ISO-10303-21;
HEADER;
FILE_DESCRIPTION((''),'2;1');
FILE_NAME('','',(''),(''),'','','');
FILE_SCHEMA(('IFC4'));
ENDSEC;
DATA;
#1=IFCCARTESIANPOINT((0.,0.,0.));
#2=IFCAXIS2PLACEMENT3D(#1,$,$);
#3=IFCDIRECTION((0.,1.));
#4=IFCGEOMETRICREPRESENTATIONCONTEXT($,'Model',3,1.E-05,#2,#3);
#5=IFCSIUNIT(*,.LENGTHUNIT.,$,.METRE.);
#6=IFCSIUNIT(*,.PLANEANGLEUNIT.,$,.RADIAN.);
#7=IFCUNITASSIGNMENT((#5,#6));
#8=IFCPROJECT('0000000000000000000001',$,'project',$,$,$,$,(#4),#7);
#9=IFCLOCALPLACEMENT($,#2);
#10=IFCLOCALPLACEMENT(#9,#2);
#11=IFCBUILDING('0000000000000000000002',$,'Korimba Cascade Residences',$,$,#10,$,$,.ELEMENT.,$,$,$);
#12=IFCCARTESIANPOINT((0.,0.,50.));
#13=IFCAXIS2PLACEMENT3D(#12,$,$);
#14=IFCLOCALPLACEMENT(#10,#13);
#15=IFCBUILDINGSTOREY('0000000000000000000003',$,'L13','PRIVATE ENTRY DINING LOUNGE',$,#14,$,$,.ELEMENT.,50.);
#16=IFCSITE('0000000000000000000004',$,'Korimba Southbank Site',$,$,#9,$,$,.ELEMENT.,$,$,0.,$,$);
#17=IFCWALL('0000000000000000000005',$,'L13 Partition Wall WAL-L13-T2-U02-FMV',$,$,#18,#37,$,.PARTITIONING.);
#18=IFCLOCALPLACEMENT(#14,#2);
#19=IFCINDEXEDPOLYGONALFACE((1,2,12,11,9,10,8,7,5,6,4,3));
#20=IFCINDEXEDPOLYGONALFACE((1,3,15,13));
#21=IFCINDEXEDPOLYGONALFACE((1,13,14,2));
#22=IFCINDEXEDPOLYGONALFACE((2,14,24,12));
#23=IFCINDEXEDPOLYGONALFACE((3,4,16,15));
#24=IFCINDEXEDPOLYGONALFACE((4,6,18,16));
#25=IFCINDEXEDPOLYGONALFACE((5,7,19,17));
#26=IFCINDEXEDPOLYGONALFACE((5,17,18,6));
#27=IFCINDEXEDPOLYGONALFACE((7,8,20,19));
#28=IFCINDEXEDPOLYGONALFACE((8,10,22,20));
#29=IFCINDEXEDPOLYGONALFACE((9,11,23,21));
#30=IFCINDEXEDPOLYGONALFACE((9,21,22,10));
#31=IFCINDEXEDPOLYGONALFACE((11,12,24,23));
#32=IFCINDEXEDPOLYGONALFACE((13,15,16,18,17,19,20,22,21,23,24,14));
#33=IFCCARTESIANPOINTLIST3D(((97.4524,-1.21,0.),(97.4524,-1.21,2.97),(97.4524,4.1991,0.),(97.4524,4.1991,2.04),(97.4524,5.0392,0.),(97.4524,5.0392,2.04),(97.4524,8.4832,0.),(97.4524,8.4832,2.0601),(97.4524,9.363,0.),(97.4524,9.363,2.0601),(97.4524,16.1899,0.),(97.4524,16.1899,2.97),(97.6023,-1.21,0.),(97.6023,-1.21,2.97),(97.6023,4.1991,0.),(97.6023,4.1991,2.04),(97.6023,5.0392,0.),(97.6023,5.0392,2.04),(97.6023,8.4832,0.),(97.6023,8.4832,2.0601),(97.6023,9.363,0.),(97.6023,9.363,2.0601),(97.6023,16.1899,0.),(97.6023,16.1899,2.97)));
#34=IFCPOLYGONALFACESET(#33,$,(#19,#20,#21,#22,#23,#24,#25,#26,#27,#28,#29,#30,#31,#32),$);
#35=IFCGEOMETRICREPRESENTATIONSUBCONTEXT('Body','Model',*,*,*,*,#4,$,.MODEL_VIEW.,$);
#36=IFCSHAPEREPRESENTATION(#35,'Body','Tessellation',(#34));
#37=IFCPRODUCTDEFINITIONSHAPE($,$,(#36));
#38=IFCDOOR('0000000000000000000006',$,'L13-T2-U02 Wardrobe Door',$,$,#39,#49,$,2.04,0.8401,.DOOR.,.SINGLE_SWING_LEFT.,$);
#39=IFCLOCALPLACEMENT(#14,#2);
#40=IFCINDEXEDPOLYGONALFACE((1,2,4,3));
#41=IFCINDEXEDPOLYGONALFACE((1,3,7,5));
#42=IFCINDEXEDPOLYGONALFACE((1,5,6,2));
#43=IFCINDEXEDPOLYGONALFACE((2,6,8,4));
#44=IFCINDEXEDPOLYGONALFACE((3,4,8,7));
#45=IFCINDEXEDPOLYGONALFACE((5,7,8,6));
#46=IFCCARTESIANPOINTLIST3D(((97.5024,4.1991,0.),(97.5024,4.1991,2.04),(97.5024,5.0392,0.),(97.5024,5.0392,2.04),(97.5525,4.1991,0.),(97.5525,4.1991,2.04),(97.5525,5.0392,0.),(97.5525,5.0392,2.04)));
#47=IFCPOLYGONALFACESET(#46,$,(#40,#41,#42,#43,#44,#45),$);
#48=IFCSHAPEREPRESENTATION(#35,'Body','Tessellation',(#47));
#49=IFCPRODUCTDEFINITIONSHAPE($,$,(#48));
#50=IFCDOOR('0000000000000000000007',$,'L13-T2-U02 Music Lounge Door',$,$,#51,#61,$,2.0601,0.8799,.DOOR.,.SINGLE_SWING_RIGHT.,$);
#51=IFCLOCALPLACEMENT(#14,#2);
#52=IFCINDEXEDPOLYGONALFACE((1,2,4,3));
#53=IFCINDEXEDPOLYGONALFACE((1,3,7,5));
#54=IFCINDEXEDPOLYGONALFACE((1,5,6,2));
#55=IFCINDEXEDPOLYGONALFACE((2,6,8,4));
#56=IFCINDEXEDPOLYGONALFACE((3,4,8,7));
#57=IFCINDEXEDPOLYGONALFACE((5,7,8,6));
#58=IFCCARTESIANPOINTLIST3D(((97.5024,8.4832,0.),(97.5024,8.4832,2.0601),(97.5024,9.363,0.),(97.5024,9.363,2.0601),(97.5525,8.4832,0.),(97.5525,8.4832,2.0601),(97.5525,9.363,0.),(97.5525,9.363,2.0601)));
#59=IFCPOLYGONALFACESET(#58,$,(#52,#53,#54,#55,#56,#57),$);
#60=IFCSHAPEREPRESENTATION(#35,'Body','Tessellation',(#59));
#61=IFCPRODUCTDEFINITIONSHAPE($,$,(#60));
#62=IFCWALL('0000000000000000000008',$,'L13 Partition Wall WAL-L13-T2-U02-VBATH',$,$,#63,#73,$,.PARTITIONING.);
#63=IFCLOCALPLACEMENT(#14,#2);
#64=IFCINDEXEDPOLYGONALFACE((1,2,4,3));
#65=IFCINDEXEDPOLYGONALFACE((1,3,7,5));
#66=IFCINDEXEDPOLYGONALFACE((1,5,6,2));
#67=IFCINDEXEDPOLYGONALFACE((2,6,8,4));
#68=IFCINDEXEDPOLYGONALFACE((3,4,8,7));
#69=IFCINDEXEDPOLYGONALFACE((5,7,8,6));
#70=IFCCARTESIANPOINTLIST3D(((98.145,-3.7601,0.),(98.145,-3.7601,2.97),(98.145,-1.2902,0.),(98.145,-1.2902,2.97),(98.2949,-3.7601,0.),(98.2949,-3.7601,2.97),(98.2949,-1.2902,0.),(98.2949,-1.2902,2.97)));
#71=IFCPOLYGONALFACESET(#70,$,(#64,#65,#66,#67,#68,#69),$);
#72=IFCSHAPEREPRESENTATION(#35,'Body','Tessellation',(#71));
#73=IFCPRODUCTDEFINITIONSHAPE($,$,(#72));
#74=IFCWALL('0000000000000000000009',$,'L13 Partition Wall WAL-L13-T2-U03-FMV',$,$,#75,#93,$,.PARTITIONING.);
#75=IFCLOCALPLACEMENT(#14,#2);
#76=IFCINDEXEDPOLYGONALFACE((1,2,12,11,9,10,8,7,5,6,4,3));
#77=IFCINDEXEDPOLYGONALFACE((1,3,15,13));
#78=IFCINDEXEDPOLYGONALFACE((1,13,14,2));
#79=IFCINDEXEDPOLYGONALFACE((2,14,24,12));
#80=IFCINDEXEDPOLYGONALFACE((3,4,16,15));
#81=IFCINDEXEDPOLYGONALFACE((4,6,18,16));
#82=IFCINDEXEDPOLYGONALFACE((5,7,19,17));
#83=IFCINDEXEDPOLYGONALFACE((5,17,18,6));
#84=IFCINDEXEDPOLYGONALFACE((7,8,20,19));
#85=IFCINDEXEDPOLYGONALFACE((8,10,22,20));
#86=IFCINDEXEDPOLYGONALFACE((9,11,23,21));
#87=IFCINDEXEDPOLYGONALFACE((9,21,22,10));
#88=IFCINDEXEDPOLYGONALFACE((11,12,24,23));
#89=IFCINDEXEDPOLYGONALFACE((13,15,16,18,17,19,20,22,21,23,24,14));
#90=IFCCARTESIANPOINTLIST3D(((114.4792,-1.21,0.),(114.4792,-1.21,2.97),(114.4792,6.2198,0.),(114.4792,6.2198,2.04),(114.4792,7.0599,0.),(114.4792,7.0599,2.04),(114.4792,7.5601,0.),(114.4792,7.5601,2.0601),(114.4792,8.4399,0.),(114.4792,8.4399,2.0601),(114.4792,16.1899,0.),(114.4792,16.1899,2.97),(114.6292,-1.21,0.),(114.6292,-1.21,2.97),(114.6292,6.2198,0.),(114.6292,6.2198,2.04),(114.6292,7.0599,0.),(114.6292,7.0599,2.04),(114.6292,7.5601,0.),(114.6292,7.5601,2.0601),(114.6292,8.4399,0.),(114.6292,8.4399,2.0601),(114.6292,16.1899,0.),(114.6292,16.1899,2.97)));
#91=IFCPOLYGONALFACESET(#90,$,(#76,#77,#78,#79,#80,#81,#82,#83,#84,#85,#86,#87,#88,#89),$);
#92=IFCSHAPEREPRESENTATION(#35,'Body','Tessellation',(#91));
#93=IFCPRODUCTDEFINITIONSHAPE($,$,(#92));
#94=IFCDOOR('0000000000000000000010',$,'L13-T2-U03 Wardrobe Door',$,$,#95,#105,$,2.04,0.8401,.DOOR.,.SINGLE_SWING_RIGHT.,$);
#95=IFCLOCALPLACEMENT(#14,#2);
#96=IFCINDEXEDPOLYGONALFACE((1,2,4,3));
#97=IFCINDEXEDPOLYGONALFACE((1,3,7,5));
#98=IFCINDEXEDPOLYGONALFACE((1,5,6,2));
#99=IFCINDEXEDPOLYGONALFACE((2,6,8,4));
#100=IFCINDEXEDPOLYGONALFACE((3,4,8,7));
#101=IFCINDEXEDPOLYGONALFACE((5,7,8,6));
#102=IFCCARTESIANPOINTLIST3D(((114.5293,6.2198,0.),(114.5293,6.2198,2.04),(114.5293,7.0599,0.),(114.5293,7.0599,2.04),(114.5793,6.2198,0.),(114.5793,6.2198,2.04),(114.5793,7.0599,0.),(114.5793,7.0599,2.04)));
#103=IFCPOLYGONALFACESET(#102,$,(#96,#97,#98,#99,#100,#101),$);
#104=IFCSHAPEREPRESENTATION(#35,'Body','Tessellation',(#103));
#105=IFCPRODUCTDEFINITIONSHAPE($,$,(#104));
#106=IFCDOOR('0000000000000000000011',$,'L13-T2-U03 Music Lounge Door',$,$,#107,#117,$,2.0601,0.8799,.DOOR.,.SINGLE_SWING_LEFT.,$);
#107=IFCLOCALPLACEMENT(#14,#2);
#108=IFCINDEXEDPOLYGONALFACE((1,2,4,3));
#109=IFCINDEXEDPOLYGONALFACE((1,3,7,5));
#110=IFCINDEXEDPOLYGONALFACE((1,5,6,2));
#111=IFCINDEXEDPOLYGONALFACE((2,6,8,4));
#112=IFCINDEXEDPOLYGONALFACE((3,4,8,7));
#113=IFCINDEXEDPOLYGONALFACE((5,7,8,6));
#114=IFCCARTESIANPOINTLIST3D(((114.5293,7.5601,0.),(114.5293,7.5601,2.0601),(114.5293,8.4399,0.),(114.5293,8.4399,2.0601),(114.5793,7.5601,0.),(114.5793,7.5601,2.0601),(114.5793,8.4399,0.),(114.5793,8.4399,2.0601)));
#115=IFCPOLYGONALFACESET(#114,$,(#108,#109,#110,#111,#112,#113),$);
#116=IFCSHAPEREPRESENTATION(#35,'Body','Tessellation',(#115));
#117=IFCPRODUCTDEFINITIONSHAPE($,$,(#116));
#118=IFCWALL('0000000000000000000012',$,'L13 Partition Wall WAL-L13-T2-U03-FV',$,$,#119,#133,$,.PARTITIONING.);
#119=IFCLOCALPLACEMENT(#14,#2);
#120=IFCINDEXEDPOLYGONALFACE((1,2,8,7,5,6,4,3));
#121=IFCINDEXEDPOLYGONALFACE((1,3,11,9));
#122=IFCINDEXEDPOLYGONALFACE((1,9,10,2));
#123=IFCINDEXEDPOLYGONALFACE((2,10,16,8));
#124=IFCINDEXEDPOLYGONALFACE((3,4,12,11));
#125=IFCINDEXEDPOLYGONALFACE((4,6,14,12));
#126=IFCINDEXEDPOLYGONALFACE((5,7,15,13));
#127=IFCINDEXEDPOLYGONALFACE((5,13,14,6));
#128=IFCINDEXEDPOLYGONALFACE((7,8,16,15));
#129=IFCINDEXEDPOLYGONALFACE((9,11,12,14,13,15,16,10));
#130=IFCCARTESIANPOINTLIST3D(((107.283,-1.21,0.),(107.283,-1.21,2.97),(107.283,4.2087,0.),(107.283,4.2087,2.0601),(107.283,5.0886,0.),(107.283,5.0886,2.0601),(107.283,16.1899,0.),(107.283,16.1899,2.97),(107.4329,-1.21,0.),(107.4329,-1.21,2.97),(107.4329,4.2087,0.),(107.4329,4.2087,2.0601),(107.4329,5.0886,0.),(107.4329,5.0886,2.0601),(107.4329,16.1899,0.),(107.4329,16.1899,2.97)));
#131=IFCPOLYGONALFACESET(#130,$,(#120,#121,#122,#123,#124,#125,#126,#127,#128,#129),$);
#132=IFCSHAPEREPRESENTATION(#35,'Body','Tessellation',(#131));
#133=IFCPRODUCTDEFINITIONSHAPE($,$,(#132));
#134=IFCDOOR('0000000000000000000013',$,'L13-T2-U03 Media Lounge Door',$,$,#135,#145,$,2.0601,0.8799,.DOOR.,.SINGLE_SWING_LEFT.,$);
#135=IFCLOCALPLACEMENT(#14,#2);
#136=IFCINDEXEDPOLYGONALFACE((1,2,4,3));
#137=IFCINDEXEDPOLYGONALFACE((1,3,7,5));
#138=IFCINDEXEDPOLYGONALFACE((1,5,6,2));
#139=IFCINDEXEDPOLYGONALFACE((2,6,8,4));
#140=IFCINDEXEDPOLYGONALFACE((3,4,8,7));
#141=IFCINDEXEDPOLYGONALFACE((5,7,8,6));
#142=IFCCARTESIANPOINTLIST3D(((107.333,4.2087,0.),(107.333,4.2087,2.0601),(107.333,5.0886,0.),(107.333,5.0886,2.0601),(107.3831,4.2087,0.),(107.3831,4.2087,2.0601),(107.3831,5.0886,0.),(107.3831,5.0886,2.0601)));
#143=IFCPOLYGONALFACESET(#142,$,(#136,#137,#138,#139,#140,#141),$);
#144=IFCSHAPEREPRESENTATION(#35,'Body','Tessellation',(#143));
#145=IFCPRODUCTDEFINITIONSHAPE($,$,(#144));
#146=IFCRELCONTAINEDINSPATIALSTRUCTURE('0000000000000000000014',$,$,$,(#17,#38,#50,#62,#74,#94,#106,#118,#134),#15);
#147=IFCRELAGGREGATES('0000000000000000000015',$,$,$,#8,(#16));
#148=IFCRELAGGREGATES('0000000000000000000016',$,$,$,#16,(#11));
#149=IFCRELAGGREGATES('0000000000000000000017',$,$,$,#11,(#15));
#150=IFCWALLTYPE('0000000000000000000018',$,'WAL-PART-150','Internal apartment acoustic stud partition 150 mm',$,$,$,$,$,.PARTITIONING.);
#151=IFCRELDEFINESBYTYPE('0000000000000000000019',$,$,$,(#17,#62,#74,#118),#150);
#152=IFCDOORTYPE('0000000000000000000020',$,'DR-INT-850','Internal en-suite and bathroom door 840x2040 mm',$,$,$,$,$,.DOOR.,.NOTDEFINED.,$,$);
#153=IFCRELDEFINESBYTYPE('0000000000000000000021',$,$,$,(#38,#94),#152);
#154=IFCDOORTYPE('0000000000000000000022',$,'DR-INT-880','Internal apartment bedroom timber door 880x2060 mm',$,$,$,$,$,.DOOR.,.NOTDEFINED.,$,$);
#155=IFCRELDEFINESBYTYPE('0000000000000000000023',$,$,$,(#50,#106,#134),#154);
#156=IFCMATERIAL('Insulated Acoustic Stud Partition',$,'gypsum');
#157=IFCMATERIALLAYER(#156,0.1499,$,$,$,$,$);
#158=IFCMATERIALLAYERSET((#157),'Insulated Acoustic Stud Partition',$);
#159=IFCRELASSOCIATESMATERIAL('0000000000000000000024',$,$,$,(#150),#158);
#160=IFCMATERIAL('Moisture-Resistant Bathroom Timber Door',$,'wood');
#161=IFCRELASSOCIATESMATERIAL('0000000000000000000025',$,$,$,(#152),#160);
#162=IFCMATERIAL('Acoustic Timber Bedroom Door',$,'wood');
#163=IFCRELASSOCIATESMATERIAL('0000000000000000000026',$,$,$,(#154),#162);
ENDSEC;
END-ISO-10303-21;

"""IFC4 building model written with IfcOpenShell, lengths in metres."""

from ifc_helpers import new_model, si_unit, direction, frame, frame_2d, origin, place, context, subcontext, project, spatial, rectangle, extrude, material, layer, layer_set, type_object, element, fill, save


model = new_model("IFC4")

# Units and contexts
model_context = context("Model", 3, precision=1e-05, world=origin(), true_north=direction((0.0, 1.0)))
body_context = subcontext(model_context, "Body", "Model", "MODEL_VIEW")
ifc_project = project(units=[si_unit("LENGTHUNIT", "METRE"), si_unit("PLANEANGLEUNIT", "RADIAN")], contexts=[model_context])

# Site, building, storey
site_placement = place(None, origin())
site = spatial("IfcSite", under=ifc_project, at=site_placement, Name="Korimba Southbank Site", CompositionType="ELEMENT", RefElevation=0.0)
building_placement = place(site_placement, origin())
building = spatial("IfcBuilding", under=site, at=building_placement, Name="Korimba Cascade Residences", CompositionType="ELEMENT")
storey_placement = place(building_placement, frame((0.0, 0.0, 50.0)))
storey = spatial("IfcBuildingStorey", under=building, at=storey_placement, Name="L13", Description="PRIVATE ENTRY DINING LOUNGE", CompositionType="ELEMENT", Elevation=50.0)

# Wall, openings, doors
ifc_material_1 = material(Name="Insulated Acoustic Stud Partition", Category="gypsum")
ifc_layer = layer(ifc_material_1, 0.1499)
ifc_layer_set = layer_set([ifc_layer], Name="Insulated Acoustic Stud Partition")
wall_type = type_object("IfcWallType", Name="WAL-PART-150", Description="Internal apartment acoustic stud partition 150 mm", PredefinedType="PARTITIONING", material=ifc_layer_set)
wall_1_placement = place(storey_placement, frame((97.5273, -1.21, 0.0), z_axis=(0.0, 0.0, 1.0), x_axis=(0.0, 1.0, 0.0)))
wall_1 = element("IfcWall", 1, at=wall_1_placement, inside=storey, type_object=wall_type, Name="L13 Partition Wall WAL-L13-T2-U02-FMV", PredefinedType="PARTITIONING", context=body_context, shape_type="SweptSolid", body=[
    extrude(rectangle(XDim=17.3999, YDim=0.1499, at=frame_2d((8.7, 0.0))), origin(), (0.0, 0.0, 1.0), 2.97),
])
opening_1_placement = place(wall_1_placement, frame((5.4092, 0.0, 0.0)))
opening_1 = element("IfcOpeningElement", 2, at=opening_1_placement, cuts=wall_1, PredefinedType="OPENING", context=body_context, shape_type="SweptSolid", body=[
    extrude(rectangle(XDim=0.8401, YDim=2.04, at=frame_2d((0.4199, 1.02))), frame((0.0, 0.085, 0.0), z_axis=(0.0, -1.0, 0.0), x_axis=(1.0, 0.0, 0.0)), (0.0, 0.0, 1.0), 0.1699),
])
opening_2_placement = place(wall_1_placement, frame((9.6931, 0.0, 0.0)))
opening_2 = element("IfcOpeningElement", 3, at=opening_2_placement, cuts=wall_1, PredefinedType="OPENING", context=body_context, shape_type="SweptSolid", body=[
    extrude(rectangle(XDim=0.8799, YDim=2.0601, at=frame_2d((0.4399, 1.03))), frame((0.0, 0.085, 0.0), z_axis=(0.0, -1.0, 0.0), x_axis=(1.0, 0.0, 0.0)), (0.0, 0.0, 1.0), 0.1699),
])
ifc_material_2 = material(Name="Moisture-Resistant Bathroom Timber Door", Category="wood")
door_type_1 = type_object("IfcDoorType", Name="DR-INT-850", Description="Internal en-suite and bathroom door 840x2040 mm", OperationType="NOTDEFINED", PredefinedType="DOOR", material=ifc_material_2)
door_1_placement = place(opening_1_placement, origin())
door_1 = element("IfcDoor", 4, at=door_1_placement, inside=storey, type_object=door_type_1, Name="L13-T2-U02 Wardrobe Door", OperationType="SINGLE_SWING_LEFT", OverallHeight=2.04, OverallWidth=0.8401, PredefinedType="DOOR", context=body_context, shape_type="SweptSolid", body=[
    extrude(rectangle(XDim=0.8401, YDim=2.04, at=frame_2d((0.4199, 1.02))), frame((0.0, 0.0249, 0.0), z_axis=(0.0, -1.0, 0.0), x_axis=(1.0, 0.0, 0.0)), (0.0, 0.0, 1.0), 0.05),
])
fill(opening_1, door_1)
ifc_material_3 = material(Name="Acoustic Timber Bedroom Door", Category="wood")
door_type_2 = type_object("IfcDoorType", Name="DR-INT-880", Description="Internal apartment bedroom timber door 880x2060 mm", OperationType="NOTDEFINED", PredefinedType="DOOR", material=ifc_material_3)
door_2_placement = place(opening_2_placement, origin())
door_2 = element("IfcDoor", 5, at=door_2_placement, inside=storey, type_object=door_type_2, Name="L13-T2-U02 Music Lounge Door", OperationType="SINGLE_SWING_RIGHT", OverallHeight=2.0601, OverallWidth=0.8799, PredefinedType="DOOR", context=body_context, shape_type="SweptSolid", body=[
    extrude(rectangle(XDim=0.8799, YDim=2.0601, at=frame_2d((0.4399, 1.03))), frame((0.0, 0.0249, 0.0), z_axis=(0.0, -1.0, 0.0), x_axis=(1.0, 0.0, 0.0)), (0.0, 0.0, 1.0), 0.05),
])
fill(opening_2, door_2)

# Wall
wall_2_placement = place(storey_placement, frame((98.22, -3.76, 0.0), z_axis=(0.0, 0.0, 1.0), x_axis=(0.0, 1.0, 0.0)))
element("IfcWall", 6, at=wall_2_placement, inside=storey, type_object=wall_type, Name="L13 Partition Wall WAL-L13-T2-U02-VBATH", PredefinedType="PARTITIONING", context=body_context, shape_type="SweptSolid", body=[
    extrude(rectangle(XDim=2.47, YDim=0.1499, at=frame_2d((1.2349, 0.0))), origin(), (0.0, 0.0, 1.0), 2.97),
])

# Wall, openings, doors
wall_3_placement = place(storey_placement, frame((114.5542, -1.21, 0.0), z_axis=(0.0, 0.0, 1.0), x_axis=(0.0, 1.0, 0.0)))
wall_3 = element("IfcWall", 7, at=wall_3_placement, inside=storey, type_object=wall_type, Name="L13 Partition Wall WAL-L13-T2-U03-FMV", PredefinedType="PARTITIONING", context=body_context, shape_type="SweptSolid", body=[
    extrude(rectangle(XDim=17.3999, YDim=0.1499, at=frame_2d((8.7, 0.0))), origin(), (0.0, 0.0, 1.0), 2.97),
])
opening_3_placement = place(wall_3_placement, frame((7.4299, 0.0, 0.0)))
opening_3 = element("IfcOpeningElement", 8, at=opening_3_placement, cuts=wall_3, PredefinedType="OPENING", context=body_context, shape_type="SweptSolid", body=[
    extrude(rectangle(XDim=0.8401, YDim=2.04, at=frame_2d((0.4199, 1.02))), frame((0.0, 0.085, 0.0), z_axis=(0.0, -1.0, 0.0), x_axis=(1.0, 0.0, 0.0)), (0.0, 0.0, 1.0), 0.1699),
])
opening_4_placement = place(wall_3_placement, frame((8.77, 0.0, 0.0)))
opening_4 = element("IfcOpeningElement", 9, at=opening_4_placement, cuts=wall_3, PredefinedType="OPENING", context=body_context, shape_type="SweptSolid", body=[
    extrude(rectangle(XDim=0.8799, YDim=2.0601, at=frame_2d((0.4399, 1.03))), frame((0.0, 0.085, 0.0), z_axis=(0.0, -1.0, 0.0), x_axis=(1.0, 0.0, 0.0)), (0.0, 0.0, 1.0), 0.1699),
])
door_3_placement = place(opening_3_placement, origin())
door_3 = element("IfcDoor", 10, at=door_3_placement, inside=storey, type_object=door_type_1, Name="L13-T2-U03 Wardrobe Door", OperationType="SINGLE_SWING_RIGHT", OverallHeight=2.04, OverallWidth=0.8401, PredefinedType="DOOR", context=body_context, shape_type="SweptSolid", body=[
    extrude(rectangle(XDim=0.8401, YDim=2.04, at=frame_2d((0.4199, 1.02))), frame((0.0, 0.0249, 0.0), z_axis=(0.0, -1.0, 0.0), x_axis=(1.0, 0.0, 0.0)), (0.0, 0.0, 1.0), 0.05),
])
fill(opening_3, door_3)
door_4_placement = place(opening_4_placement, origin())
door_4 = element("IfcDoor", 11, at=door_4_placement, inside=storey, type_object=door_type_2, Name="L13-T2-U03 Music Lounge Door", OperationType="SINGLE_SWING_LEFT", OverallHeight=2.0601, OverallWidth=0.8799, PredefinedType="DOOR", context=body_context, shape_type="SweptSolid", body=[
    extrude(rectangle(XDim=0.8799, YDim=2.0601, at=frame_2d((0.4399, 1.03))), frame((0.0, 0.0249, 0.0), z_axis=(0.0, -1.0, 0.0), x_axis=(1.0, 0.0, 0.0)), (0.0, 0.0, 1.0), 0.05),
])
fill(opening_4, door_4)

# Wall, opening, door
wall_4_placement = place(storey_placement, frame((107.3579, -1.21, 0.0), z_axis=(0.0, 0.0, 1.0), x_axis=(0.0, 1.0, 0.0)))
wall_4 = element("IfcWall", 12, at=wall_4_placement, inside=storey, type_object=wall_type, Name="L13 Partition Wall WAL-L13-T2-U03-FV", PredefinedType="PARTITIONING", context=body_context, shape_type="SweptSolid", body=[
    extrude(rectangle(XDim=17.3999, YDim=0.1499, at=frame_2d((8.7, 0.0))), origin(), (0.0, 0.0, 1.0), 2.97),
])
opening_5_placement = place(wall_4_placement, frame((5.4187, 0.0, 0.0)))
opening_5 = element("IfcOpeningElement", 13, at=opening_5_placement, cuts=wall_4, PredefinedType="OPENING", context=body_context, shape_type="SweptSolid", body=[
    extrude(rectangle(XDim=0.8799, YDim=2.0601, at=frame_2d((0.4399, 1.03))), frame((0.0, 0.085, 0.0), z_axis=(0.0, -1.0, 0.0), x_axis=(1.0, 0.0, 0.0)), (0.0, 0.0, 1.0), 0.1699),
])
door_5_placement = place(opening_5_placement, origin())
door_5 = element("IfcDoor", 14, at=door_5_placement, inside=storey, type_object=door_type_2, Name="L13-T2-U03 Media Lounge Door", OperationType="SINGLE_SWING_LEFT", OverallHeight=2.0601, OverallWidth=0.8799, PredefinedType="DOOR", context=body_context, shape_type="SweptSolid", body=[
    extrude(rectangle(XDim=0.8799, YDim=2.0601, at=frame_2d((0.4399, 1.03))), frame((0.0, 0.0249, 0.0), z_axis=(0.0, -1.0, 0.0), x_axis=(1.0, 0.0, 0.0)), (0.0, 0.0, 1.0), 0.05),
])
fill(opening_5, door_5)

save(model, "model.ifc")
